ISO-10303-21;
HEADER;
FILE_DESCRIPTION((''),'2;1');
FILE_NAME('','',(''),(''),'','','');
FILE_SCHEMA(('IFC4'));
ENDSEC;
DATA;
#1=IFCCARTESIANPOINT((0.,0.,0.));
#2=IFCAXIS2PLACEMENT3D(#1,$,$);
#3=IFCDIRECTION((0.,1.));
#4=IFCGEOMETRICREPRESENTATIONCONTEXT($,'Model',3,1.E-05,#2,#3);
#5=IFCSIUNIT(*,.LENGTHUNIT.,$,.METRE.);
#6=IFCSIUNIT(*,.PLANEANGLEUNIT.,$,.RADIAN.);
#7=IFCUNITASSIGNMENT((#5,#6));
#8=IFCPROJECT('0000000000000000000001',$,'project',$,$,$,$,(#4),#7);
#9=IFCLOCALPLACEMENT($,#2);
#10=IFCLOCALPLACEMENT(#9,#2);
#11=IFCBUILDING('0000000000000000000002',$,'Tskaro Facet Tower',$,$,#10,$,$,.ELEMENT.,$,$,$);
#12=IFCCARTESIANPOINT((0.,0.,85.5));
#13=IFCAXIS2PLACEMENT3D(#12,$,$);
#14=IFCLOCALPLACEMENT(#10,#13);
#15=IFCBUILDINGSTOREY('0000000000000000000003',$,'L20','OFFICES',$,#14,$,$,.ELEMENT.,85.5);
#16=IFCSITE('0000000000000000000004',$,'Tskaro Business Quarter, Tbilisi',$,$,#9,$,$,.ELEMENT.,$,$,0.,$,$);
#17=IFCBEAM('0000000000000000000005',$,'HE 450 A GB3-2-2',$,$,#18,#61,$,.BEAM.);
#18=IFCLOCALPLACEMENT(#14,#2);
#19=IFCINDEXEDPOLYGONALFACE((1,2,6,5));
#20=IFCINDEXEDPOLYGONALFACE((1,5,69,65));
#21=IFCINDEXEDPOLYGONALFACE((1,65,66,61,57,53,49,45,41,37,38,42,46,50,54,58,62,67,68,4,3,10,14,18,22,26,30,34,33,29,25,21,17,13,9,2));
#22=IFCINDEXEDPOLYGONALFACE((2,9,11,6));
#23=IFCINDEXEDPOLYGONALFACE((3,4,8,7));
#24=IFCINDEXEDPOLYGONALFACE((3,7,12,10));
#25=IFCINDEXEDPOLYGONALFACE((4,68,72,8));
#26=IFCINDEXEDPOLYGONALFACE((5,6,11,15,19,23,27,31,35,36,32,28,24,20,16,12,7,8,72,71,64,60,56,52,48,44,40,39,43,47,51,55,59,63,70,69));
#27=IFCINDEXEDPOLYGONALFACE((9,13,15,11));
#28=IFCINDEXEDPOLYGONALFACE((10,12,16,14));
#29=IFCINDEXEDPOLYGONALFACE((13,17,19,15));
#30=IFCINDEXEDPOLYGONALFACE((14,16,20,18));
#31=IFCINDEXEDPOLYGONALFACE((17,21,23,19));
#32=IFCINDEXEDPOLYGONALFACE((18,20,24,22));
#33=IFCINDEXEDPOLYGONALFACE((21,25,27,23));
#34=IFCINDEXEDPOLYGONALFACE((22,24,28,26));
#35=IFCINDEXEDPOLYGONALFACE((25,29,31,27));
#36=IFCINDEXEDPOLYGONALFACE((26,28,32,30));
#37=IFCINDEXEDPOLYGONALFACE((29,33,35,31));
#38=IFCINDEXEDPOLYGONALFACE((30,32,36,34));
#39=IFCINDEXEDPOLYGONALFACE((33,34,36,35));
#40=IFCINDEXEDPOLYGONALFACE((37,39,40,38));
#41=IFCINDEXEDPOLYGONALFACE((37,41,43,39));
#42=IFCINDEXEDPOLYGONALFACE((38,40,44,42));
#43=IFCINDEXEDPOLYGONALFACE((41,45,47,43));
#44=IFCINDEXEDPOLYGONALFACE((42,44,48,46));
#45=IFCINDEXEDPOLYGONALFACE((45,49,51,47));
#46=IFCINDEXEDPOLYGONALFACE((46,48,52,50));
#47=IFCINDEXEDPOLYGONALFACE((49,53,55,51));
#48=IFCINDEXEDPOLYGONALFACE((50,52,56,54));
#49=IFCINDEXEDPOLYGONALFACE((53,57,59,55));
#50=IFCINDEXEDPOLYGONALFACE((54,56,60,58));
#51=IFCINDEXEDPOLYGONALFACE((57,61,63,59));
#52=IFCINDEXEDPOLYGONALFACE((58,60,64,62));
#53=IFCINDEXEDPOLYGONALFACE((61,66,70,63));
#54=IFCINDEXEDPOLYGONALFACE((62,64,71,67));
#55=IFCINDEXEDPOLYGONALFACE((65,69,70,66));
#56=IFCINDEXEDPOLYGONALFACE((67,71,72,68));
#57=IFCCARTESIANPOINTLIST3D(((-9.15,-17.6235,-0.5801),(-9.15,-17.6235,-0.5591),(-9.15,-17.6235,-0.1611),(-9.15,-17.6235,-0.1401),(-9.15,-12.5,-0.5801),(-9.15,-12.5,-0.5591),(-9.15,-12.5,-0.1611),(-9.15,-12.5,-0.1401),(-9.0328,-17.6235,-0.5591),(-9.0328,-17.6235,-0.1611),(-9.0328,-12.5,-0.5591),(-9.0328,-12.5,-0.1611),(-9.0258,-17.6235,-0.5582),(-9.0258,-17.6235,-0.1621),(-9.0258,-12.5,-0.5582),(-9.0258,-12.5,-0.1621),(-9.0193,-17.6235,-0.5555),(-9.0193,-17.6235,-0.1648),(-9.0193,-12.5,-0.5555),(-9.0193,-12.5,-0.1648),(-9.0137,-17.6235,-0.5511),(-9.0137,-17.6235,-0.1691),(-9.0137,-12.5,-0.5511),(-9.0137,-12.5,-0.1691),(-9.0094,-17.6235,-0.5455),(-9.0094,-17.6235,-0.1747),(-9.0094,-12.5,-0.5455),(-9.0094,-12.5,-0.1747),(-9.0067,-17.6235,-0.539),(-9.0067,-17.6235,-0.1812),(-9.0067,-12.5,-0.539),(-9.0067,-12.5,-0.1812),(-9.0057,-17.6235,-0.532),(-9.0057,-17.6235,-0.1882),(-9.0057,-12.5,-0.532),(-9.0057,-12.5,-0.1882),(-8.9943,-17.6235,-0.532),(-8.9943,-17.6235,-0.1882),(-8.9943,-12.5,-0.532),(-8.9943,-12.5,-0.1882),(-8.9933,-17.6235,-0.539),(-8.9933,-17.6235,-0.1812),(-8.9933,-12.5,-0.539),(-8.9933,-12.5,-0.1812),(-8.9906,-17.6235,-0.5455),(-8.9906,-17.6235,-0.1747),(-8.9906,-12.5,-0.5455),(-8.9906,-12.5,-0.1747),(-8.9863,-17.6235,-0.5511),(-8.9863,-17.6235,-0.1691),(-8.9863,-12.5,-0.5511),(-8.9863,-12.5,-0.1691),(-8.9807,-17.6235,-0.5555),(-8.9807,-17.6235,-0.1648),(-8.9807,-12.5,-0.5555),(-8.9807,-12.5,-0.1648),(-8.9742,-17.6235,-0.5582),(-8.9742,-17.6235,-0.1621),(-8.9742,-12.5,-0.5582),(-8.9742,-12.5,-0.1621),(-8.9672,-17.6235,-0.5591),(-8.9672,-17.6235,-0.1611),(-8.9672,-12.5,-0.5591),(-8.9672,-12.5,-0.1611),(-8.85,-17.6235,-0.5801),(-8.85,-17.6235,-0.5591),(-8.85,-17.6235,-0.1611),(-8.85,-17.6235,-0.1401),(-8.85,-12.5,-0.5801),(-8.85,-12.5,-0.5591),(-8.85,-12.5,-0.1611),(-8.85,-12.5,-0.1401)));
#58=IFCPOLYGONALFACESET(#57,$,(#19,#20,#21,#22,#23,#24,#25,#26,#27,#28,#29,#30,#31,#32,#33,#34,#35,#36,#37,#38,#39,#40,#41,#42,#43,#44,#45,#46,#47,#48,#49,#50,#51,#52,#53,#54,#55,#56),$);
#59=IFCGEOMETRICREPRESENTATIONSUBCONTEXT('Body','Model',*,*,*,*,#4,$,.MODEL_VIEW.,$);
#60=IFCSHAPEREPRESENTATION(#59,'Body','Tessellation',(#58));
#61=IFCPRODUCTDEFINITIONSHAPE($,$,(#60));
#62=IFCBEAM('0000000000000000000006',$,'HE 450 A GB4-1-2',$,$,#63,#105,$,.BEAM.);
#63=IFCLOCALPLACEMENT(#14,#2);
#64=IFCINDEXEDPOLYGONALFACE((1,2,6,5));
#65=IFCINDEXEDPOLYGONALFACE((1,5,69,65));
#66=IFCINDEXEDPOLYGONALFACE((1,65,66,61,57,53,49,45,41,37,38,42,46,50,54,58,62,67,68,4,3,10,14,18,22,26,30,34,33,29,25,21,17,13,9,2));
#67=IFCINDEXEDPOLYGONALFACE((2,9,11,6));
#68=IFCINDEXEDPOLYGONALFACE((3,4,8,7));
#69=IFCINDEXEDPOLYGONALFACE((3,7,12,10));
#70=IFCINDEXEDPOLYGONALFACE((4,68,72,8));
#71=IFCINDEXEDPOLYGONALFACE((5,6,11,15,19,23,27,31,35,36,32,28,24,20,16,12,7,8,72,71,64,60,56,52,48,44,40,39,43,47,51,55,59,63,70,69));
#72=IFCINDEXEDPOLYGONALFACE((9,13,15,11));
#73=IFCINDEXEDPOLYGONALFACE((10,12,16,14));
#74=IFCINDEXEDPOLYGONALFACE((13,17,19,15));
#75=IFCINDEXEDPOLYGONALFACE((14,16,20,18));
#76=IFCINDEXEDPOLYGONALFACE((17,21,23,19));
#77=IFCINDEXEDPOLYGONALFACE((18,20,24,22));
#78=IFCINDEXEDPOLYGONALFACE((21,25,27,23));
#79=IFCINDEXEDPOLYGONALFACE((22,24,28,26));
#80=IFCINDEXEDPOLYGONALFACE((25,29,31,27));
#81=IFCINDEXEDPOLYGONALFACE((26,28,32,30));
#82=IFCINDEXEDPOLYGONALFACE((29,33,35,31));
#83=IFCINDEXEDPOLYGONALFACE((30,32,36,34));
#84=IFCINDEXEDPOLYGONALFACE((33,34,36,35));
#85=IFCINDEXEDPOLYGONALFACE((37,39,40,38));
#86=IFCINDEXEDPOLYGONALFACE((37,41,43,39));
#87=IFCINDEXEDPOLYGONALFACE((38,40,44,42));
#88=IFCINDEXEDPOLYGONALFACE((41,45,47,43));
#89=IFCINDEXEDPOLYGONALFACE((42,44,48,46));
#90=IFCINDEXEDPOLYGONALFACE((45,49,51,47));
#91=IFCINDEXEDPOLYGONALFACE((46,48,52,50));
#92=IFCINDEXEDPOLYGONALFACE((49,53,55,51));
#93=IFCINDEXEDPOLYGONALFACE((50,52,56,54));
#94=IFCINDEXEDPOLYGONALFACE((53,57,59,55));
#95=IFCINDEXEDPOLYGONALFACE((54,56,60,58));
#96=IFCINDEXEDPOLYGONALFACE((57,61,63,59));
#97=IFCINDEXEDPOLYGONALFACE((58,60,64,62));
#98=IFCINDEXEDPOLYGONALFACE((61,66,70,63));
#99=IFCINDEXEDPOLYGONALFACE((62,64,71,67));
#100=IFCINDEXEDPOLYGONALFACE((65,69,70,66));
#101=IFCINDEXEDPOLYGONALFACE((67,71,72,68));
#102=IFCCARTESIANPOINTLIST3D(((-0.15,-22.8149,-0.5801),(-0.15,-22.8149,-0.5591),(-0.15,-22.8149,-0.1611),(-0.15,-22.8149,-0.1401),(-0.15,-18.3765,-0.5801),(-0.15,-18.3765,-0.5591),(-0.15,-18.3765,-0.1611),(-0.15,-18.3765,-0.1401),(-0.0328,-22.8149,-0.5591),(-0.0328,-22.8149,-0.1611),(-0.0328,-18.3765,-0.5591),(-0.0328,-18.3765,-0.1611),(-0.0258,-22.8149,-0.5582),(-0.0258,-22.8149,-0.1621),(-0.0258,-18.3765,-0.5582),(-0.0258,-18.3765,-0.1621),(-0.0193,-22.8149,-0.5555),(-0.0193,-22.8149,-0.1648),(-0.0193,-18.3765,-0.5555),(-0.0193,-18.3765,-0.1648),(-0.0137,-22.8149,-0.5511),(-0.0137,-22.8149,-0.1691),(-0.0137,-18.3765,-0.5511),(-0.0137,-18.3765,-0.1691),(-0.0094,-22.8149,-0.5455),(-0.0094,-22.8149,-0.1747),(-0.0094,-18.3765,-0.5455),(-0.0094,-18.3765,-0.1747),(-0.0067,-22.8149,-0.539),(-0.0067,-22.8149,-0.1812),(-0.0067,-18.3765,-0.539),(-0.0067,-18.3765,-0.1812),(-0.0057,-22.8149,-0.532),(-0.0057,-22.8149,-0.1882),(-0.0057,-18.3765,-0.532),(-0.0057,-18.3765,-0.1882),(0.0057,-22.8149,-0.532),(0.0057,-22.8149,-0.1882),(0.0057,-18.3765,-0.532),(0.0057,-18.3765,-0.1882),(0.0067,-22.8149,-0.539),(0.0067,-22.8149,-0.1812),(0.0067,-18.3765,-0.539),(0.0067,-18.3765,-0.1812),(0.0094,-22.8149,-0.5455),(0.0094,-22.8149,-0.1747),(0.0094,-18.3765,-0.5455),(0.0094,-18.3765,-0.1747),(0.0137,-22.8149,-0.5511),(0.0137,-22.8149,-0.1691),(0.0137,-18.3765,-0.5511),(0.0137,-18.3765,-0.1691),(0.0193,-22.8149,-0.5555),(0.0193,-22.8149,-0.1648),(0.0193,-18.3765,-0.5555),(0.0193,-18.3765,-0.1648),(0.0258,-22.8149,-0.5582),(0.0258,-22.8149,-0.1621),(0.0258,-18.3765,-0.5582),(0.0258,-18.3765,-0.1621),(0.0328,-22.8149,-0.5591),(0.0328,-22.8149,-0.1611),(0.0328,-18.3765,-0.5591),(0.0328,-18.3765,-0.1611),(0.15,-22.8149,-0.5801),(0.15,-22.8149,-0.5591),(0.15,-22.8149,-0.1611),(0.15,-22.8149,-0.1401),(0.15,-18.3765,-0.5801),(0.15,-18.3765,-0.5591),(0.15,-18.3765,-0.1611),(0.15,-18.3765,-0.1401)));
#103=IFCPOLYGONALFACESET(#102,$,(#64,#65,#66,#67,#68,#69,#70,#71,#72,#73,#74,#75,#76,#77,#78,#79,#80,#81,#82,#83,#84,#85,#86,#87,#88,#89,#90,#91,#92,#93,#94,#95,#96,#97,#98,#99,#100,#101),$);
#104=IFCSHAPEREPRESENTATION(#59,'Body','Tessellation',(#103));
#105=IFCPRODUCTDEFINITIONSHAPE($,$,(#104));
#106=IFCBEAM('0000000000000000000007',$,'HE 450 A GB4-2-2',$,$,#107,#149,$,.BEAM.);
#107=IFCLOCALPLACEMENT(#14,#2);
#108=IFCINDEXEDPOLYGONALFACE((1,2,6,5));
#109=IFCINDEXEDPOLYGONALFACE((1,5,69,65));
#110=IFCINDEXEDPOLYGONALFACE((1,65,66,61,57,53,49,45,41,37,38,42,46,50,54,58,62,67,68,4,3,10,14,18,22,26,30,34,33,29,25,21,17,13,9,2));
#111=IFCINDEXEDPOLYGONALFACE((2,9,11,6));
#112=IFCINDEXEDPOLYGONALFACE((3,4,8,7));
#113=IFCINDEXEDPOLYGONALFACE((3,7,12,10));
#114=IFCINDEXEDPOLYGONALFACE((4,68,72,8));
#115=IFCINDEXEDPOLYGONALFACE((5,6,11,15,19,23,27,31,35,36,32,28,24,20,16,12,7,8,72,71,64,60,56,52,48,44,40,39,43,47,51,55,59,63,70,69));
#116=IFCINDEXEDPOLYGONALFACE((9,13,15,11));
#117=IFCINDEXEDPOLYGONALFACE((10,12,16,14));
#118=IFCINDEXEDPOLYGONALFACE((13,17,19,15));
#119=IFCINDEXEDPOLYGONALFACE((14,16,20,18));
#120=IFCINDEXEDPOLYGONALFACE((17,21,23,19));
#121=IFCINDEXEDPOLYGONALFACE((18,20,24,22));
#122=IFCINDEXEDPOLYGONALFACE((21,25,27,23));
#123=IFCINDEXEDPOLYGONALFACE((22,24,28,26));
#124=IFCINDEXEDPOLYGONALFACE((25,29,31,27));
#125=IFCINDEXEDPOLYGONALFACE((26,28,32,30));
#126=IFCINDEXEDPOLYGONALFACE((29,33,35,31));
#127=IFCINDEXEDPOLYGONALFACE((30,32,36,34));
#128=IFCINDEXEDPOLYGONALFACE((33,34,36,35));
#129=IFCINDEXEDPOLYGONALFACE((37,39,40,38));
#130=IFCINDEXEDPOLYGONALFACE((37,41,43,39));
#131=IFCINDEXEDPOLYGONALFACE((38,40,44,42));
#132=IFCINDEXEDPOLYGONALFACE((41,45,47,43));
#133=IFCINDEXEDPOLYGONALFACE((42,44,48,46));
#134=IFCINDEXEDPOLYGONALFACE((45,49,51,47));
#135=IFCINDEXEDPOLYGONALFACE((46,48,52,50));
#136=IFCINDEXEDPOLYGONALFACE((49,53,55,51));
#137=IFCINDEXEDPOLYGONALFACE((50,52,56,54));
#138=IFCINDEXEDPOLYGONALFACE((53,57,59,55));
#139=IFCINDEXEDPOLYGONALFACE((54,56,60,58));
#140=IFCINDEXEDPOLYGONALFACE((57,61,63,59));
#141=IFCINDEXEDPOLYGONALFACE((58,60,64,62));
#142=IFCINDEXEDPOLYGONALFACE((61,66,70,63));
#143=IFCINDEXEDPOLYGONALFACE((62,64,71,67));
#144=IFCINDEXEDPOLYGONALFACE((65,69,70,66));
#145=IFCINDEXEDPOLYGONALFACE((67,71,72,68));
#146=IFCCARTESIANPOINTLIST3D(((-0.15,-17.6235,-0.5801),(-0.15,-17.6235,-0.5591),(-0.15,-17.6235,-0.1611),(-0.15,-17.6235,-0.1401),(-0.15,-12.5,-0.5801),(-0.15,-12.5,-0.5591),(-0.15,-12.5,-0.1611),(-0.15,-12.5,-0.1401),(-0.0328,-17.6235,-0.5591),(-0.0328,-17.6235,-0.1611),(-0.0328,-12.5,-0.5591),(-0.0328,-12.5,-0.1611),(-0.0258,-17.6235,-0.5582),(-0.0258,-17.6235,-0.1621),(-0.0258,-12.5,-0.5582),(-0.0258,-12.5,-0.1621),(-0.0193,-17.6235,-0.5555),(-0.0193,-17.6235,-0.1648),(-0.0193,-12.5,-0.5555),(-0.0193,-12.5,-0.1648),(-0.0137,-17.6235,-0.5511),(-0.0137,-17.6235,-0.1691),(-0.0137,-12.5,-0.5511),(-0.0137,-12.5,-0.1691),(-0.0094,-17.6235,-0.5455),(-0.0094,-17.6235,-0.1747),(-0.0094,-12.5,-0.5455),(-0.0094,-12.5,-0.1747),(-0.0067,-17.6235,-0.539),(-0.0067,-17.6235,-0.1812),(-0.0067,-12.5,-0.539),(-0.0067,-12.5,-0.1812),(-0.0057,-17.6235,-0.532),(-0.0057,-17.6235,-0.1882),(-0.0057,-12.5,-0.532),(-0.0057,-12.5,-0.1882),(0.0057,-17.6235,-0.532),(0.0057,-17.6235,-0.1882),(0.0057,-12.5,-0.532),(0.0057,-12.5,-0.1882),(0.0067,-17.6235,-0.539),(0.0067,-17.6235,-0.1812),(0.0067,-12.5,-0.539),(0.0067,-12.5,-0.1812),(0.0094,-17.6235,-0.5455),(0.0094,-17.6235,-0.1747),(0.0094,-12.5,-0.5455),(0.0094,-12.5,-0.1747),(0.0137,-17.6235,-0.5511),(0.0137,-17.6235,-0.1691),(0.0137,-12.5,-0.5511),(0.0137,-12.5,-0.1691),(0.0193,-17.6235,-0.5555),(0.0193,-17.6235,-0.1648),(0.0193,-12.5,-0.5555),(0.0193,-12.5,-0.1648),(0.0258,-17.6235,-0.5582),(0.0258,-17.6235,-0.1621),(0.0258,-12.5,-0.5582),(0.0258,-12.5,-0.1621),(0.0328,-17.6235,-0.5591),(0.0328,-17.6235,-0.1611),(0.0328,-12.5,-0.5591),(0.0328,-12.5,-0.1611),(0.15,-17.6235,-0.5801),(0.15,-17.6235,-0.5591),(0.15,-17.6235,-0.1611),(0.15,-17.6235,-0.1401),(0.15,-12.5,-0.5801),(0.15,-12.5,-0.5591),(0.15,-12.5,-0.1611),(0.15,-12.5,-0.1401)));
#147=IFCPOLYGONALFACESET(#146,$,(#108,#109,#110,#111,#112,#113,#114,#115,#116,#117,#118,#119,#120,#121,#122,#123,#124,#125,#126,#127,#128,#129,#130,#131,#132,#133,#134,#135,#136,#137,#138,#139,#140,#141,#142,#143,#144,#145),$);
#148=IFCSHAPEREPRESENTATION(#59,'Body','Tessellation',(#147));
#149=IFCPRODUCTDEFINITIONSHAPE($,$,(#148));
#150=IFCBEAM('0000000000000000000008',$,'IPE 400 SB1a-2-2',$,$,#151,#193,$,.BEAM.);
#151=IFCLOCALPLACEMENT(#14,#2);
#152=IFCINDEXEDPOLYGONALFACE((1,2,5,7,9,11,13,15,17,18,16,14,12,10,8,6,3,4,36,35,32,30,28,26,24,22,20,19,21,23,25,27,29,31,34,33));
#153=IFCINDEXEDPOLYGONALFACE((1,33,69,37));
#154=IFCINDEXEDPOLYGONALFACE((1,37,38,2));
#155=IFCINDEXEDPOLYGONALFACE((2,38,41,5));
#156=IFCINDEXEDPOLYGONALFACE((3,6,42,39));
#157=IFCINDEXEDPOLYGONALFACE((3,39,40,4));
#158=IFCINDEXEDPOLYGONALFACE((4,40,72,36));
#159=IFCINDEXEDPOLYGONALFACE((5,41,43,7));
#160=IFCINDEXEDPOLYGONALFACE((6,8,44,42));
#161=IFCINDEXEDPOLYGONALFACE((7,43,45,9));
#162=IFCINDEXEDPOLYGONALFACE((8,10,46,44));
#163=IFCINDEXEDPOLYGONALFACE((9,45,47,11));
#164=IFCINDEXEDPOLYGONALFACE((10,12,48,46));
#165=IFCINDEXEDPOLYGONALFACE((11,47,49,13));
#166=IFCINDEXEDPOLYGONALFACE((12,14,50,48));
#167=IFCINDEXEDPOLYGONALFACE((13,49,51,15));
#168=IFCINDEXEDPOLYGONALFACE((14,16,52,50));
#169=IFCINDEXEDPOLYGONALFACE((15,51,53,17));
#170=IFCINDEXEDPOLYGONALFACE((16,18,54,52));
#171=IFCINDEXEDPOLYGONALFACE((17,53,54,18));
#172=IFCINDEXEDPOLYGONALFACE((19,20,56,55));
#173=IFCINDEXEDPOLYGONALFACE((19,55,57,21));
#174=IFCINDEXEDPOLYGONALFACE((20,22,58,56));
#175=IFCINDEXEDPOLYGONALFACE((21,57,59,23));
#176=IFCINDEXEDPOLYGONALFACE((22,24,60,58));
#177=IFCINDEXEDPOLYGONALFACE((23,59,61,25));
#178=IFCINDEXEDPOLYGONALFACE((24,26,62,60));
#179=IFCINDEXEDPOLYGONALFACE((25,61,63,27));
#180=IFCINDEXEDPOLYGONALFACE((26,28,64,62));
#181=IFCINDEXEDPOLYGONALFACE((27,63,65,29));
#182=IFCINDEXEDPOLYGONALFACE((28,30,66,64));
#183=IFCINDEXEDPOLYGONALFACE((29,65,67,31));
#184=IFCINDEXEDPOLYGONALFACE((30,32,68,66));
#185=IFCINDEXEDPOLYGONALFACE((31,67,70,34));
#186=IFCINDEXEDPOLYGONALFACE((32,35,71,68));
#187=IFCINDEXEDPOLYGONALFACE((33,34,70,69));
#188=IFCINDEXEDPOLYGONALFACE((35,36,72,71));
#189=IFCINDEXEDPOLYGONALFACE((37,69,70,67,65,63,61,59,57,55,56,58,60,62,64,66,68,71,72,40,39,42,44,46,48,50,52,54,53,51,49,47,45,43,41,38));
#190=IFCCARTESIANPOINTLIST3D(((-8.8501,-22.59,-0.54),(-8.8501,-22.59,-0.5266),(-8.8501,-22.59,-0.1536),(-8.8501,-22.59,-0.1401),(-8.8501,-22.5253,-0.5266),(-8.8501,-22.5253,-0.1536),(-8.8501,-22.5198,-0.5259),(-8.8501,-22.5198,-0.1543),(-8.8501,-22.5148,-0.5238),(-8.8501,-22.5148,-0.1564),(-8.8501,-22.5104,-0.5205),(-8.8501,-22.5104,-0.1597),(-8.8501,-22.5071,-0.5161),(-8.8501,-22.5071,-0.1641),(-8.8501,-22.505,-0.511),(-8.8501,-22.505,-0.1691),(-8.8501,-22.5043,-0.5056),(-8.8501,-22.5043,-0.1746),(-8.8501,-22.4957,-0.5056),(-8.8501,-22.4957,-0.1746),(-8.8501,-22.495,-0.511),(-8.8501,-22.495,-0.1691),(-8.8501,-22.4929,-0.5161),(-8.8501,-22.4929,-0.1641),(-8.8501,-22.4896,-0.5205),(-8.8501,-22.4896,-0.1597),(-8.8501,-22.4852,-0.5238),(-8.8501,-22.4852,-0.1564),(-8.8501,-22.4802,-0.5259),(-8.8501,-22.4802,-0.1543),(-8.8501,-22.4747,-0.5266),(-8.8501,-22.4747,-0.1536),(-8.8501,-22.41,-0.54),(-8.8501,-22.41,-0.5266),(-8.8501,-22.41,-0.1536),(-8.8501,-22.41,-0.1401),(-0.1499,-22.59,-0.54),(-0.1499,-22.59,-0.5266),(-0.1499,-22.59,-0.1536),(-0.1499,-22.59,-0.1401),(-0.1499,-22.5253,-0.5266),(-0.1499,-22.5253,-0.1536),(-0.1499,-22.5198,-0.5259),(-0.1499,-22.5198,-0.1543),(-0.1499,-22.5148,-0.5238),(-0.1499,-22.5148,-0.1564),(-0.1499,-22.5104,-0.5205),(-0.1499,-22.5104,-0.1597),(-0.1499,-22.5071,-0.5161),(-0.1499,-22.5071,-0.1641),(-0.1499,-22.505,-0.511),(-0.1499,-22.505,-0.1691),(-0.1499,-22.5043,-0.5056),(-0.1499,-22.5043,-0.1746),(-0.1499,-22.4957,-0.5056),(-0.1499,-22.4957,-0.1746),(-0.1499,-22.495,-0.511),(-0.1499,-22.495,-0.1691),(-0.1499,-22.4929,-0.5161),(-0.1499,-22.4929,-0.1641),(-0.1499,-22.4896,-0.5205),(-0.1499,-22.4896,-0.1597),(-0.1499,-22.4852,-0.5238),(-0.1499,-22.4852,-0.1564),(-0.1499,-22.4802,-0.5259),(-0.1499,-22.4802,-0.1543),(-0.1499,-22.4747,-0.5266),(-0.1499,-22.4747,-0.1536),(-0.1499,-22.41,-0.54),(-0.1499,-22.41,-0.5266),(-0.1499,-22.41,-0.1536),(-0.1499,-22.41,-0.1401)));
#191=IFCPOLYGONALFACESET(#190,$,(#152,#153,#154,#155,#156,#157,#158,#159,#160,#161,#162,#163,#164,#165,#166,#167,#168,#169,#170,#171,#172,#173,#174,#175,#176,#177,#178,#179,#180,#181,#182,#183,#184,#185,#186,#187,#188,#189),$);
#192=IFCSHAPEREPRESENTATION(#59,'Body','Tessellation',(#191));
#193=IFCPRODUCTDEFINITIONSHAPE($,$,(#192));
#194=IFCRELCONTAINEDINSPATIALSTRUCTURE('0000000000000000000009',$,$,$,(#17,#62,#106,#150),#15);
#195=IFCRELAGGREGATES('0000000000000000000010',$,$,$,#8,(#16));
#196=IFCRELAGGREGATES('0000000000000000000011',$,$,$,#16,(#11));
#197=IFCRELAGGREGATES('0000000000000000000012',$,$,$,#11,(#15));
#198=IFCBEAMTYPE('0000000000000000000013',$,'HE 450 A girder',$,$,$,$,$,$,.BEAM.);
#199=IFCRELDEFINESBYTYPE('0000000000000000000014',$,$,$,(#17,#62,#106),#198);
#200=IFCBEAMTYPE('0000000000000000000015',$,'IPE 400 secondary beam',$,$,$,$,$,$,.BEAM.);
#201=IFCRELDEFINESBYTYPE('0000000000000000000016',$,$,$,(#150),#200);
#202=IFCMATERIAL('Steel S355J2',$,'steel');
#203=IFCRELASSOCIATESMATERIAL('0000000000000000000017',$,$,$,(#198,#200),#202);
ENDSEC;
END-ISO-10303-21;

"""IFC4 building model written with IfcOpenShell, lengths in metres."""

from ifc_helpers import new_model, si_unit, direction, frame, origin, origin_2d, place, context, subcontext, project, spatial, i_section, extrude, material, material_profile, profile_set, type_object, element, save


model = new_model("IFC4")

# Units and contexts
model_context = context("Model", 3, precision=1e-05, world=origin(), true_north=direction((0.0, 1.0)))
body_context = subcontext(model_context, "Body", "Model", "MODEL_VIEW")
ifc_project = project(units=[si_unit("LENGTHUNIT", "METRE"), si_unit("PLANEANGLEUNIT", "RADIAN")], contexts=[model_context])

# Site, building, storey
site_placement = place(None, origin())
site = spatial("IfcSite", under=ifc_project, at=site_placement, Name="Tskaro Business Quarter, Tbilisi", CompositionType="ELEMENT", RefElevation=0.0)
building_placement = place(site_placement, origin())
building = spatial("IfcBuilding", under=site, at=building_placement, Name="Tskaro Facet Tower", CompositionType="ELEMENT")
storey_placement = place(building_placement, frame((0.0, 0.0, 85.5)))
storey = spatial("IfcBuildingStorey", under=building, at=storey_placement, Name="L20", Description="OFFICES", CompositionType="ELEMENT", Elevation=85.5)

# Beams
ifc_material_1 = material(Name="Steel S355J2", Category="steel")
ifc_material_profile_1 = material_profile(ifc_material_1, i_section(OverallWidth=0.3, OverallDepth=0.4399, WebThickness=0.0115, FlangeThickness=0.021, FilletRadius=0.0271, at=origin_2d()), Name="HE 450 A")
ifc_profile_set_1 = profile_set([ifc_material_profile_1], Name="Steel S355J2")
beam_type_1 = type_object("IfcBeamType", Name="HE 450 A girder", PredefinedType="BEAM", material=ifc_profile_set_1)
beam_1_placement = place(storey_placement, frame((-9.0, -17.6235, -0.3601), z_axis=(0.0, 1.0, 0.0), x_axis=(-1.0, 0.0, 0.0)))
element("IfcBeam", 1, at=beam_1_placement, inside=storey, type_object=beam_type_1, Name="HE 450 A GB3-2-2", PredefinedType="BEAM", context=body_context, shape_type="SweptSolid", body=[
    extrude(i_section(OverallWidth=0.3, OverallDepth=0.4399, WebThickness=0.0115, FlangeThickness=0.021, FilletRadius=0.0271, at=origin_2d()), origin(), (0.0, 0.0, 1.0), 5.1235),
])
beam_2_placement = place(storey_placement, frame((0.0, -22.8149, -0.3601), z_axis=(0.0, 1.0, 0.0), x_axis=(-1.0, 0.0, 0.0)))
element("IfcBeam", 2, at=beam_2_placement, inside=storey, type_object=beam_type_1, Name="HE 450 A GB4-1-2", PredefinedType="BEAM", context=body_context, shape_type="SweptSolid", body=[
    extrude(i_section(OverallWidth=0.3, OverallDepth=0.4399, WebThickness=0.0115, FlangeThickness=0.021, FilletRadius=0.0271, at=origin_2d()), origin(), (0.0, 0.0, 1.0), 4.4385),
])
beam_3_placement = place(storey_placement, frame((0.0, -17.6235, -0.3601), z_axis=(0.0, 1.0, 0.0), x_axis=(-1.0, 0.0, 0.0)))
element("IfcBeam", 3, at=beam_3_placement, inside=storey, type_object=beam_type_1, Name="HE 450 A GB4-2-2", PredefinedType="BEAM", context=body_context, shape_type="SweptSolid", body=[
    extrude(i_section(OverallWidth=0.3, OverallDepth=0.4399, WebThickness=0.0115, FlangeThickness=0.021, FilletRadius=0.0271, at=origin_2d()), origin(), (0.0, 0.0, 1.0), 5.1235),
])
ifc_material_profile_2 = material_profile(ifc_material_1, i_section(OverallWidth=0.1799, OverallDepth=0.3999, WebThickness=0.0085, FlangeThickness=0.0134, FilletRadius=0.021, at=origin_2d()), Name="IPE 400")
ifc_profile_set_2 = profile_set([ifc_material_profile_2], Name="Steel S355J2")
beam_type_2 = type_object("IfcBeamType", Name="IPE 400 secondary beam", PredefinedType="BEAM", material=ifc_profile_set_2)
beam_4_placement = place(storey_placement, frame((-8.8501, -22.5, -0.3401), z_axis=(1.0, 0.0, 0.0), x_axis=(0.0, 1.0, 0.0)))
element("IfcBeam", 4, at=beam_4_placement, inside=storey, type_object=beam_type_2, Name="IPE 400 SB1a-2-2", PredefinedType="BEAM", context=body_context, shape_type="SweptSolid", body=[
    extrude(i_section(OverallWidth=0.1799, OverallDepth=0.3999, WebThickness=0.0085, FlangeThickness=0.0134, FilletRadius=0.021, at=origin_2d()), origin(), (0.0, 0.0, 1.0), 8.7002),
])

save(model, "model.ifc")
